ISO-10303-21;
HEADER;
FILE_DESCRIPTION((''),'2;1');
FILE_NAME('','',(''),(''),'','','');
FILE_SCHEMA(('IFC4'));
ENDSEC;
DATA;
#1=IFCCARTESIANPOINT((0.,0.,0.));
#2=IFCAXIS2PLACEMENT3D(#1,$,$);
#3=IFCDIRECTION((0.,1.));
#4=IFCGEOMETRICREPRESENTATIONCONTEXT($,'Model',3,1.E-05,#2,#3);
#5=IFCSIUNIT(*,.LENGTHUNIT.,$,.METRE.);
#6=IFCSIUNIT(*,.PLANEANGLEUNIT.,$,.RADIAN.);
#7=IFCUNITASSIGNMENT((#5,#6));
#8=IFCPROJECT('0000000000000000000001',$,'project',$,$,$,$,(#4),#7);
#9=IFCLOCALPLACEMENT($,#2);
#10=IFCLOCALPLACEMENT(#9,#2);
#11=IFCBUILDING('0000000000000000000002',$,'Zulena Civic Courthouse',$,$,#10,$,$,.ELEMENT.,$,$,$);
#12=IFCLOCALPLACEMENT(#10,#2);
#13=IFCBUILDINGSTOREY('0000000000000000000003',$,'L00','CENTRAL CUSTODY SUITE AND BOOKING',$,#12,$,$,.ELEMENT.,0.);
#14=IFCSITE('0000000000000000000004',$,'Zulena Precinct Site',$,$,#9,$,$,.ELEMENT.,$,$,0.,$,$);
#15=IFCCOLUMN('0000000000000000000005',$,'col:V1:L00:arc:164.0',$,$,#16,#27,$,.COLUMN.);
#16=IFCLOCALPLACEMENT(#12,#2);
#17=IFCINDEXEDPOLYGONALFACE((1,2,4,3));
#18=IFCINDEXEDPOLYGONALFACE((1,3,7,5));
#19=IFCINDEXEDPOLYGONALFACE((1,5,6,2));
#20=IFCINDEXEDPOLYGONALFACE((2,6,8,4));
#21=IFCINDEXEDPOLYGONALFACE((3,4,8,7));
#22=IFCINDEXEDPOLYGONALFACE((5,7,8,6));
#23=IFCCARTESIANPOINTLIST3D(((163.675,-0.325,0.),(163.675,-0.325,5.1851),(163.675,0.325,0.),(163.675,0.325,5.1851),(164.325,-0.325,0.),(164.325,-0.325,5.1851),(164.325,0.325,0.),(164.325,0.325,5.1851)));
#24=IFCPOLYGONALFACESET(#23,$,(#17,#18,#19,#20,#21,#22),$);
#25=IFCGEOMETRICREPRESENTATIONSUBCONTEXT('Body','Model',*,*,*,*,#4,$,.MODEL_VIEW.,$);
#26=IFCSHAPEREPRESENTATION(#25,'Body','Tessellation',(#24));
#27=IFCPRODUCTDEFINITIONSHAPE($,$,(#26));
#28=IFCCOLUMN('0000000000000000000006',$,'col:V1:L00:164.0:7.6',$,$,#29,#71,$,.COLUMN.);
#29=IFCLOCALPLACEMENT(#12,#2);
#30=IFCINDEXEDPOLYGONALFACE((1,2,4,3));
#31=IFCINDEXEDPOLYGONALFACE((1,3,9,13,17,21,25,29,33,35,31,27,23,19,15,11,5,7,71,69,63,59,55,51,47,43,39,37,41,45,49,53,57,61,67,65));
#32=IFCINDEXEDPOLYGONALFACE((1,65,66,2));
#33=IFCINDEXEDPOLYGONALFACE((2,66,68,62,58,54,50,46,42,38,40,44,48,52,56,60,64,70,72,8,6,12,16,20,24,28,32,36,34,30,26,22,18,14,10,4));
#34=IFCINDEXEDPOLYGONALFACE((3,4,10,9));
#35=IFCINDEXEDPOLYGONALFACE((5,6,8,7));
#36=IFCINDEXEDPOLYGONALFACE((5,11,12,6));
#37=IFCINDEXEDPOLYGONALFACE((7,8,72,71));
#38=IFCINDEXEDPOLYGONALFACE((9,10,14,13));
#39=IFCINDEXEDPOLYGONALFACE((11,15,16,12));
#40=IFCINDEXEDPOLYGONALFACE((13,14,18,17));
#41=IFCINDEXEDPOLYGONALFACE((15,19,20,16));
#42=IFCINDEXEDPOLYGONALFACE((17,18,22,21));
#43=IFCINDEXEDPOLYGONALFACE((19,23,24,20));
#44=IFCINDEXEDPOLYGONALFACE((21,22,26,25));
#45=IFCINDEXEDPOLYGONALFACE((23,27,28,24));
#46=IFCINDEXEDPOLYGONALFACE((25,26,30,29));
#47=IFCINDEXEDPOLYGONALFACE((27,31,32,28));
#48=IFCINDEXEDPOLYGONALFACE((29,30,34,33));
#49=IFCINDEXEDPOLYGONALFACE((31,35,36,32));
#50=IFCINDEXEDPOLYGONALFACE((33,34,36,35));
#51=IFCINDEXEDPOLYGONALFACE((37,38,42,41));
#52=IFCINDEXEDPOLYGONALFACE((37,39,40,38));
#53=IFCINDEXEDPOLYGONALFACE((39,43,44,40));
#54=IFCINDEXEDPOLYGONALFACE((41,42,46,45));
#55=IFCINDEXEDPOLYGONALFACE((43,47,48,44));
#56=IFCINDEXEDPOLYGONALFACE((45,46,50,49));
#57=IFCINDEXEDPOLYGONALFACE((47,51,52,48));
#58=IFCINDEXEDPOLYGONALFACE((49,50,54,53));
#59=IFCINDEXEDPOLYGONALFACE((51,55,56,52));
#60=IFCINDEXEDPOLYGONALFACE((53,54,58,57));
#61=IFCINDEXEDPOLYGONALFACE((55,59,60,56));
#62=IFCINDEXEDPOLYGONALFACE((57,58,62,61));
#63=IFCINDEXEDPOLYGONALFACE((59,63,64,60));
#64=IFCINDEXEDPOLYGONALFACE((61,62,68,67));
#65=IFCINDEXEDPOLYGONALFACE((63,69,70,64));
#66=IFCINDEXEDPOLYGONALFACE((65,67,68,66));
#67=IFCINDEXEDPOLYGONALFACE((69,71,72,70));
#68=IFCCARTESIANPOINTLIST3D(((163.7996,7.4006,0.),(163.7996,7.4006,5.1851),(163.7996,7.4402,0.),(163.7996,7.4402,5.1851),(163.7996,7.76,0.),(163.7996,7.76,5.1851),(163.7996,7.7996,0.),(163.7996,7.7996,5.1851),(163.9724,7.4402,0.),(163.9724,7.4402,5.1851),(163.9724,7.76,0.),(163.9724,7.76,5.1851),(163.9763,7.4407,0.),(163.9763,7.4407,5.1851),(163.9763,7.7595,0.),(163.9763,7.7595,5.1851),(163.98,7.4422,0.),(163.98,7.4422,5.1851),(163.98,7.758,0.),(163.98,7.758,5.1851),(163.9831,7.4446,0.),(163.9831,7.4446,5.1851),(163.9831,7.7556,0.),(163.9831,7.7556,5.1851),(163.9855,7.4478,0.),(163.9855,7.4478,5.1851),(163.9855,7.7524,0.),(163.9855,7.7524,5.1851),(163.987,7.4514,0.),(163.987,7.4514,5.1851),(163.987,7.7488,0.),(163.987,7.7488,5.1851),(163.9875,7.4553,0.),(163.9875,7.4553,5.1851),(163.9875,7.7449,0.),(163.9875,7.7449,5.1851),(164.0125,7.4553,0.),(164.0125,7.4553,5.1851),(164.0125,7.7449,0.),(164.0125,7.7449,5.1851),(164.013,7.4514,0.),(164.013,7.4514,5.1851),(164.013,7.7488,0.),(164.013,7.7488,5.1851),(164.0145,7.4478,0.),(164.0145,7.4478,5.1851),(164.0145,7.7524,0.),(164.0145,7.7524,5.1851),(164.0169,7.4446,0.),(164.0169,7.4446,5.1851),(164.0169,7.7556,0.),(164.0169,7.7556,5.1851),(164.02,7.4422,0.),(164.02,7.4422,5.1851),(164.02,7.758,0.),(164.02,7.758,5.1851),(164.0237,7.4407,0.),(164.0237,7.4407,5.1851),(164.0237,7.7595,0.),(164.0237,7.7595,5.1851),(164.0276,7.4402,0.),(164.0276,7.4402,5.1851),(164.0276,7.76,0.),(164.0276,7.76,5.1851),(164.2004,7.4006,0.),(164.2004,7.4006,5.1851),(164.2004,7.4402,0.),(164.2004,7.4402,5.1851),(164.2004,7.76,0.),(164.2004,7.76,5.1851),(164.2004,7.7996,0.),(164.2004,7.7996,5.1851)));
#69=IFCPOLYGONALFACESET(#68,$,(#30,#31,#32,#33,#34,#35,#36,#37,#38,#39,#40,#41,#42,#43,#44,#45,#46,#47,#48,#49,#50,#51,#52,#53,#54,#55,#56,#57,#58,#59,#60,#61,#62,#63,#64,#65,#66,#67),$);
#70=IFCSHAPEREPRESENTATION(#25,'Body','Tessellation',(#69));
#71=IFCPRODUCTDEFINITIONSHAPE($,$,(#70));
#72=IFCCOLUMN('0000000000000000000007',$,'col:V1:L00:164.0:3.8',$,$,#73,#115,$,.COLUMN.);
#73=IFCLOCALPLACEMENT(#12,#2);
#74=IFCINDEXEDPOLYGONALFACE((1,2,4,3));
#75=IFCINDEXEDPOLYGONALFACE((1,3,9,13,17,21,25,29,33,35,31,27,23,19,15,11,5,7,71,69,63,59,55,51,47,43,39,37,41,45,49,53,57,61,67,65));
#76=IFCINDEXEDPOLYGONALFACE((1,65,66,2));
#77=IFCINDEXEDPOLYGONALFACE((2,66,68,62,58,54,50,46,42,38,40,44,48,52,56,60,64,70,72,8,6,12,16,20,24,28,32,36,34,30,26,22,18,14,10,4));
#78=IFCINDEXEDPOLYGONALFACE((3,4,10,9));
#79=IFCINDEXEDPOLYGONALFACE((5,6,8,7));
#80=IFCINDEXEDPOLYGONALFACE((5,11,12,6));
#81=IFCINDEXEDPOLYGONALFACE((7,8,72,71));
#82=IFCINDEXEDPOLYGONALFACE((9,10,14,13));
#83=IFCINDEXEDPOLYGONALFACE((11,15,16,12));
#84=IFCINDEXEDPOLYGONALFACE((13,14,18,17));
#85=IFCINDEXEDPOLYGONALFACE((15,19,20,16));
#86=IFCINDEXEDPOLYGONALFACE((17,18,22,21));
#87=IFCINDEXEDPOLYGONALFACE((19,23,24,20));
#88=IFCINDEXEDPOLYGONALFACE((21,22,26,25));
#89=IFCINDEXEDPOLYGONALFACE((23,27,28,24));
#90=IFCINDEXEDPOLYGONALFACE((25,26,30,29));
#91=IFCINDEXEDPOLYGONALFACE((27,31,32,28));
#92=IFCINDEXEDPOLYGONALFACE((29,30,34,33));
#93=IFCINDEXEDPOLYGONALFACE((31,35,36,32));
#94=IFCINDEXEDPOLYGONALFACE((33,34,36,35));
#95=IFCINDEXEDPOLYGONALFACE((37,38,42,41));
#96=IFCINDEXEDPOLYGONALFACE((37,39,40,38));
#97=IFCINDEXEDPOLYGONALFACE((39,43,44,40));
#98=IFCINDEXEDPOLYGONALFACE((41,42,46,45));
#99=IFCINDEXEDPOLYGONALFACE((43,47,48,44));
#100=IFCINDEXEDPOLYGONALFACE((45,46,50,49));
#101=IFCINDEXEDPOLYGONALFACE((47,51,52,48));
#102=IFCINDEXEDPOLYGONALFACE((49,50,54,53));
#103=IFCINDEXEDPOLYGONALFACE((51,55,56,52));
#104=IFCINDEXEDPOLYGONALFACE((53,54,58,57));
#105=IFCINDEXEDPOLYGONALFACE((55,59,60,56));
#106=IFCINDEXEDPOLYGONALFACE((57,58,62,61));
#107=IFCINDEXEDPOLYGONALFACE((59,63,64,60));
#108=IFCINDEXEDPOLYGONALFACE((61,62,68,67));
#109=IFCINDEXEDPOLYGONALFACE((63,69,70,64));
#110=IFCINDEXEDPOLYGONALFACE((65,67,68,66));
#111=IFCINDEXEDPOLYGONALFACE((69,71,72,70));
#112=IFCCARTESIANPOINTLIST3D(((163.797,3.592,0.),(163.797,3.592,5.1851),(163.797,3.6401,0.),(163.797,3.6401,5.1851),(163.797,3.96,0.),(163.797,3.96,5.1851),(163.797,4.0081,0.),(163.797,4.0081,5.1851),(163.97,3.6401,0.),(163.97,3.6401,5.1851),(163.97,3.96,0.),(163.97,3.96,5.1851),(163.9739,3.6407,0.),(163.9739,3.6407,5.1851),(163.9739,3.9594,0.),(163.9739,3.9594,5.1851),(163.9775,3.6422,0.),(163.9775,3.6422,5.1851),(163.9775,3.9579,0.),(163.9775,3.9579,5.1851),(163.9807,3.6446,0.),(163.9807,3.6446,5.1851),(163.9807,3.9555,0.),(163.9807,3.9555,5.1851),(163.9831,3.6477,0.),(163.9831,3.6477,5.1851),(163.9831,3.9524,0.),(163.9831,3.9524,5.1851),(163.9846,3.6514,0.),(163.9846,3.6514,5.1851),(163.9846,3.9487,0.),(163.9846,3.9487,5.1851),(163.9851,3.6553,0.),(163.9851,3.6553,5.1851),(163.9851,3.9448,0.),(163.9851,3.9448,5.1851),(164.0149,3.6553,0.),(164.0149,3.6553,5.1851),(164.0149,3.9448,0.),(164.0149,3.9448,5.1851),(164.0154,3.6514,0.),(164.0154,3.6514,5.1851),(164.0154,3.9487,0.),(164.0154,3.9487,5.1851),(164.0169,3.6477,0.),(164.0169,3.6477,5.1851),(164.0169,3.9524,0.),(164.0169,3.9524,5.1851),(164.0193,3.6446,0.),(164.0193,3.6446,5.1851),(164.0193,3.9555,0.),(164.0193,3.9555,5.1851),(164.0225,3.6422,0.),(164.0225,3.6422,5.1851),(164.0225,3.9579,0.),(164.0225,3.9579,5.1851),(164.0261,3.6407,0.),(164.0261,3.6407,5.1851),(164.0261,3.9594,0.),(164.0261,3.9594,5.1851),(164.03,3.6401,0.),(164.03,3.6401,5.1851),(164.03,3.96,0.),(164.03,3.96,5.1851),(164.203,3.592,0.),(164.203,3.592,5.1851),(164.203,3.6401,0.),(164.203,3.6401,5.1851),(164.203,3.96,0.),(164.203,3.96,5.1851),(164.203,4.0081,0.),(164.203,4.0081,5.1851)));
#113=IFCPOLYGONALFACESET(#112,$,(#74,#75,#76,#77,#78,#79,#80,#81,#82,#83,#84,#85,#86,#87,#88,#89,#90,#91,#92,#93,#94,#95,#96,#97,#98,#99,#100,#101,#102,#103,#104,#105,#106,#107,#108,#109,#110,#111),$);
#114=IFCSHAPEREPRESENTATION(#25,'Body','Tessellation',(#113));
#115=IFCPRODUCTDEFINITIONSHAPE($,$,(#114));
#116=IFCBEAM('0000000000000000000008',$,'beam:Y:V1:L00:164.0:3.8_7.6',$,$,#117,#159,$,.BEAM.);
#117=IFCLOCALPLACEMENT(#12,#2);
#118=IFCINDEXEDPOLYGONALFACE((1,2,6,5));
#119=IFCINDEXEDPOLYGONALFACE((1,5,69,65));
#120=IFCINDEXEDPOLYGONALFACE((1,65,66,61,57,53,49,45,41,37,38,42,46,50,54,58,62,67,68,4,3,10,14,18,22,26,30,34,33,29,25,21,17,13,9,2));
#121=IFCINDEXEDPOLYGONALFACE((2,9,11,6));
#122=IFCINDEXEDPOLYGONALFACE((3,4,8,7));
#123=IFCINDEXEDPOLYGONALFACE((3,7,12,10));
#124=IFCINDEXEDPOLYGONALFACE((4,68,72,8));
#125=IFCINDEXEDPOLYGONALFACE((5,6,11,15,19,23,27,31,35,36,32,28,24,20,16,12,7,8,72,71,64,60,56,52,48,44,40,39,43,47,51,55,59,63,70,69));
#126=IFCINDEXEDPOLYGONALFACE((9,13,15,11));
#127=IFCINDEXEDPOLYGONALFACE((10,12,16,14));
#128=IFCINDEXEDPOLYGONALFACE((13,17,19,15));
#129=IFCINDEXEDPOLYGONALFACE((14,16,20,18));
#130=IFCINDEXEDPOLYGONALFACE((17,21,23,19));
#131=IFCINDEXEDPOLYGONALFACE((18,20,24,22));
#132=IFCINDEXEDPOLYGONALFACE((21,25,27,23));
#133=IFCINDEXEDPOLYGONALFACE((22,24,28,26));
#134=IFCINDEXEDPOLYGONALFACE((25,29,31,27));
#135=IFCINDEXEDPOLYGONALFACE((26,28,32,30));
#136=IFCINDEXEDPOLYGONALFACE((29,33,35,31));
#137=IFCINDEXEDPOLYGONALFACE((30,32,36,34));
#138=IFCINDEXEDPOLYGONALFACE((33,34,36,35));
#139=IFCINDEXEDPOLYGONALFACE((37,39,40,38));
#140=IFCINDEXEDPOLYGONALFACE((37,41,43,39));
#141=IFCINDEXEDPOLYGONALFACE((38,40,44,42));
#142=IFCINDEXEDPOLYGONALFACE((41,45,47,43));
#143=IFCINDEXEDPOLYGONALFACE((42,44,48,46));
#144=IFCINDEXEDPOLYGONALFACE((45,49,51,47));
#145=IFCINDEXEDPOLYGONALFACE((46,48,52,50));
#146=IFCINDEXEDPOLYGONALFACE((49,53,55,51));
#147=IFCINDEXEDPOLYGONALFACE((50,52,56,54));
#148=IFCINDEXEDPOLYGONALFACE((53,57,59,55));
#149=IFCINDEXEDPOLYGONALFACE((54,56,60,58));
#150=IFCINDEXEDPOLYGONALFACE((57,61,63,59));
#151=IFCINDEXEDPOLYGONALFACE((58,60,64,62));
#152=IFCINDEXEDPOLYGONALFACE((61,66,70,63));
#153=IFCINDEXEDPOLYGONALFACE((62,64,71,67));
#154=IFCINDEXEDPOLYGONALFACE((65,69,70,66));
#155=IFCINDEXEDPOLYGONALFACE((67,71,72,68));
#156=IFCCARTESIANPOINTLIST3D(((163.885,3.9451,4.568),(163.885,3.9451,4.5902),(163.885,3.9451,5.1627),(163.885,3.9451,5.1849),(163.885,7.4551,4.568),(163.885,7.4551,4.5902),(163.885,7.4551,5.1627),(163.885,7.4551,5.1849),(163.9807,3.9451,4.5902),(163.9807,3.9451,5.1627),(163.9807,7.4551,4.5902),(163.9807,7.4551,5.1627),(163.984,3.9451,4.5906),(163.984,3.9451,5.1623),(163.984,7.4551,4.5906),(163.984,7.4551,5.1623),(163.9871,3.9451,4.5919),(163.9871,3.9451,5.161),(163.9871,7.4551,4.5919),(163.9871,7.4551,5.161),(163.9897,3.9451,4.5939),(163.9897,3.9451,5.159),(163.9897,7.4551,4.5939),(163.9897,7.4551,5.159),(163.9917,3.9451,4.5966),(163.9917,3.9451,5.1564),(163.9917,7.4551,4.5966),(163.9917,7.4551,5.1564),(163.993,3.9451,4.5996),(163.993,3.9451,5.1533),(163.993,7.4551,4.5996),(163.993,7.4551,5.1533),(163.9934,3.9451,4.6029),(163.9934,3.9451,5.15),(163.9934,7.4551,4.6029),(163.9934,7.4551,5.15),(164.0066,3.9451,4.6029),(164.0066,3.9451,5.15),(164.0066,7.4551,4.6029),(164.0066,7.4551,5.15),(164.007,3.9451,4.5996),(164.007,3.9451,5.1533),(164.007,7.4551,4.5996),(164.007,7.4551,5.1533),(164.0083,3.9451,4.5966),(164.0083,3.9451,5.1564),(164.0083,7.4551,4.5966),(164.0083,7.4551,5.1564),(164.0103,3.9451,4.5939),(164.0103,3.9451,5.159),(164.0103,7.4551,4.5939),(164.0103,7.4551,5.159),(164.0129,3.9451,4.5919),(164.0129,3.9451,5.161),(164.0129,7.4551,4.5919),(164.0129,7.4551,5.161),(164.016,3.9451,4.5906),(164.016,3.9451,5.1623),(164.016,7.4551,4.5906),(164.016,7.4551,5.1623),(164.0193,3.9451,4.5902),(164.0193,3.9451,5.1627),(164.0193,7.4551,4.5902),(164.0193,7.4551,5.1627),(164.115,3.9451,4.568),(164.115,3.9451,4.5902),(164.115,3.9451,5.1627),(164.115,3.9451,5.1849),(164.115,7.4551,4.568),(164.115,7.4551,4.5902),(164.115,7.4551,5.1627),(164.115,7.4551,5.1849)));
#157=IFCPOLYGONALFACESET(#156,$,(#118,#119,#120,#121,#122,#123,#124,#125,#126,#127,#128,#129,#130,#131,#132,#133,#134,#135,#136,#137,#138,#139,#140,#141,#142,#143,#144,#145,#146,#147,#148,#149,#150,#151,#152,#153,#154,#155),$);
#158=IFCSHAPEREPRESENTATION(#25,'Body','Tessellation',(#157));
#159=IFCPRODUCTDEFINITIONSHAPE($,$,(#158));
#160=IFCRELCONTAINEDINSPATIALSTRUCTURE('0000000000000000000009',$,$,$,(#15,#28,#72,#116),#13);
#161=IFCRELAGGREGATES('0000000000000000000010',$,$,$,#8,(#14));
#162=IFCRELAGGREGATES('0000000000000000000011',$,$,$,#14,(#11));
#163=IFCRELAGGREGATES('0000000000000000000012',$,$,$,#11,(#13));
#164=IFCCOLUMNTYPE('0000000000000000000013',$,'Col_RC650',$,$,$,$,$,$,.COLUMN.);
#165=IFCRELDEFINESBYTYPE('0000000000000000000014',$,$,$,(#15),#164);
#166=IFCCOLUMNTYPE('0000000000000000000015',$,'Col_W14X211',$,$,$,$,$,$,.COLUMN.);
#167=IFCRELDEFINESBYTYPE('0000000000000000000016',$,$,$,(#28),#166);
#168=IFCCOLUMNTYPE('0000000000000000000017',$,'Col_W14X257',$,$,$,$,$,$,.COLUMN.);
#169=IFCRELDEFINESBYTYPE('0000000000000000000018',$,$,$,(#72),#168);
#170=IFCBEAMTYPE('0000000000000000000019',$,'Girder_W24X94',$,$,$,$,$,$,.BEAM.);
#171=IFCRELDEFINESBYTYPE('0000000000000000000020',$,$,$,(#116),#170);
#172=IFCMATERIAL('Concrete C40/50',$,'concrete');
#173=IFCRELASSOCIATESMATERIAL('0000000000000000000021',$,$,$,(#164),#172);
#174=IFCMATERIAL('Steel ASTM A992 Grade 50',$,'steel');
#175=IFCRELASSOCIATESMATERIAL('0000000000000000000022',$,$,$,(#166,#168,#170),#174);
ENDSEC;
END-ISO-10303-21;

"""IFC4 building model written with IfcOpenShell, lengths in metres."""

from ifc_helpers import new_model, si_unit, direction, frame, origin, origin_2d, place, context, subcontext, project, spatial, rectangle, i_section, extrude, material, material_profile, profile_set, type_object, element, save


model = new_model("IFC4")

# Units and contexts
model_context = context("Model", 3, precision=1e-05, world=origin(), true_north=direction((0.0, 1.0)))
body_context = subcontext(model_context, "Body", "Model", "MODEL_VIEW")
ifc_project = project(units=[si_unit("LENGTHUNIT", "METRE"), si_unit("PLANEANGLEUNIT", "RADIAN")], contexts=[model_context])

# Site, building, storey
site_placement = place(None, origin())
site = spatial("IfcSite", under=ifc_project, at=site_placement, Name="Zulena Precinct Site", CompositionType="ELEMENT", RefElevation=0.0)
building_placement = place(site_placement, origin())
building = spatial("IfcBuilding", under=site, at=building_placement, Name="Zulena Civic Courthouse", CompositionType="ELEMENT")
storey_placement = place(building_placement, origin())
storey = spatial("IfcBuildingStorey", under=building, at=storey_placement, Name="L00", Description="CENTRAL CUSTODY SUITE AND BOOKING", CompositionType="ELEMENT", Elevation=0.0)

# Shared definitions
ifc_material_1 = material(Name="Concrete C40/50", Category="concrete")

# Columns
ifc_material_profile_1 = material_profile(ifc_material_1, rectangle(XDim=0.6499, YDim=0.6499, at=origin_2d()), Name="RC650X650")
ifc_profile_set_1 = profile_set([ifc_material_profile_1], Name="Concrete C40/50")
column_type_1 = type_object("IfcColumnType", Name="Col_RC650", PredefinedType="COLUMN", material=ifc_profile_set_1)
column_1_placement = place(storey_placement, frame((164.0, 0.0, 0.0), z_axis=(0.0, 0.0, 1.0), x_axis=(1.0, 0.0, 0.0)))
element("IfcColumn", 1, at=column_1_placement, inside=storey, type_object=column_type_1, Name="col:V1:L00:arc:164.0", PredefinedType="COLUMN", context=body_context, shape_type="SweptSolid", body=[
    extrude(rectangle(XDim=0.6499, YDim=0.6499, at=origin_2d()), origin(), (0.0, 0.0, 1.0), 5.1851),
])
ifc_material_2 = material(Name="Steel ASTM A992 Grade 50", Category="steel")
ifc_material_profile_2 = material_profile(ifc_material_2, i_section(OverallWidth=0.4009, OverallDepth=0.3989, WebThickness=0.0249, FlangeThickness=0.0396, FilletRadius=0.0151, at=origin_2d()), Name="W14X211")
ifc_profile_set_2 = profile_set([ifc_material_profile_2], Name="Steel ASTM A992 Grade 50")
column_type_2 = type_object("IfcColumnType", Name="Col_W14X211", PredefinedType="COLUMN", material=ifc_profile_set_2)
column_2_placement = place(storey_placement, frame((164.0, 7.6001, 0.0), z_axis=(0.0, 0.0, 1.0), x_axis=(1.0, 0.0, 0.0)))
element("IfcColumn", 2, at=column_2_placement, inside=storey, type_object=column_type_2, Name="col:V1:L00:164.0:7.6", PredefinedType="COLUMN", context=body_context, shape_type="SweptSolid", body=[
    extrude(i_section(OverallWidth=0.4009, OverallDepth=0.3989, WebThickness=0.0249, FlangeThickness=0.0396, FilletRadius=0.0151, at=origin_2d()), origin(), (0.0, 0.0, 1.0), 5.1851),
])
ifc_material_profile_3 = material_profile(ifc_material_2, i_section(OverallWidth=0.406, OverallDepth=0.416, WebThickness=0.0298, FlangeThickness=0.0481, FilletRadius=0.0151, at=origin_2d()), Name="W14X257")
ifc_profile_set_3 = profile_set([ifc_material_profile_3], Name="Steel ASTM A992 Grade 50")
column_type_3 = type_object("IfcColumnType", Name="Col_W14X257", PredefinedType="COLUMN", material=ifc_profile_set_3)
column_3_placement = place(storey_placement, frame((164.0, 3.8, 0.0), z_axis=(0.0, 0.0, 1.0), x_axis=(1.0, 0.0, 0.0)))
element("IfcColumn", 3, at=column_3_placement, inside=storey, type_object=column_type_3, Name="col:V1:L00:164.0:3.8", PredefinedType="COLUMN", context=body_context, shape_type="SweptSolid", body=[
    extrude(i_section(OverallWidth=0.406, OverallDepth=0.416, WebThickness=0.0298, FlangeThickness=0.0481, FilletRadius=0.0151, at=origin_2d()), origin(), (0.0, 0.0, 1.0), 5.1851),
])

# Beam
ifc_material_profile_4 = material_profile(ifc_material_2, i_section(OverallWidth=0.23, OverallDepth=0.6169, WebThickness=0.0132, FlangeThickness=0.0222, FilletRadius=0.0127, at=origin_2d()), Name="W24X94")
ifc_profile_set_4 = profile_set([ifc_material_profile_4], Name="Steel ASTM A992 Grade 50")
beam_type_1 = type_object("IfcBeamType", Name="Girder_W24X94", PredefinedType="BEAM", material=ifc_profile_set_4)
beam_1_placement = place(storey_placement, frame((164.0, 3.9451, 4.8765), z_axis=(0.0, 1.0, 0.0), x_axis=(-1.0, 0.0, 0.0)))
element("IfcBeam", 4, at=beam_1_placement, inside=storey, type_object=beam_type_1, Name="beam:Y:V1:L00:164.0:3.8_7.6", PredefinedType="BEAM", context=body_context, shape_type="SweptSolid", body=[
    extrude(i_section(OverallWidth=0.23, OverallDepth=0.6169, WebThickness=0.0132, FlangeThickness=0.0222, FilletRadius=0.0127, at=origin_2d()), origin(), (0.0, 0.0, 1.0), 3.51),
])

save(model, "model.ifc")
